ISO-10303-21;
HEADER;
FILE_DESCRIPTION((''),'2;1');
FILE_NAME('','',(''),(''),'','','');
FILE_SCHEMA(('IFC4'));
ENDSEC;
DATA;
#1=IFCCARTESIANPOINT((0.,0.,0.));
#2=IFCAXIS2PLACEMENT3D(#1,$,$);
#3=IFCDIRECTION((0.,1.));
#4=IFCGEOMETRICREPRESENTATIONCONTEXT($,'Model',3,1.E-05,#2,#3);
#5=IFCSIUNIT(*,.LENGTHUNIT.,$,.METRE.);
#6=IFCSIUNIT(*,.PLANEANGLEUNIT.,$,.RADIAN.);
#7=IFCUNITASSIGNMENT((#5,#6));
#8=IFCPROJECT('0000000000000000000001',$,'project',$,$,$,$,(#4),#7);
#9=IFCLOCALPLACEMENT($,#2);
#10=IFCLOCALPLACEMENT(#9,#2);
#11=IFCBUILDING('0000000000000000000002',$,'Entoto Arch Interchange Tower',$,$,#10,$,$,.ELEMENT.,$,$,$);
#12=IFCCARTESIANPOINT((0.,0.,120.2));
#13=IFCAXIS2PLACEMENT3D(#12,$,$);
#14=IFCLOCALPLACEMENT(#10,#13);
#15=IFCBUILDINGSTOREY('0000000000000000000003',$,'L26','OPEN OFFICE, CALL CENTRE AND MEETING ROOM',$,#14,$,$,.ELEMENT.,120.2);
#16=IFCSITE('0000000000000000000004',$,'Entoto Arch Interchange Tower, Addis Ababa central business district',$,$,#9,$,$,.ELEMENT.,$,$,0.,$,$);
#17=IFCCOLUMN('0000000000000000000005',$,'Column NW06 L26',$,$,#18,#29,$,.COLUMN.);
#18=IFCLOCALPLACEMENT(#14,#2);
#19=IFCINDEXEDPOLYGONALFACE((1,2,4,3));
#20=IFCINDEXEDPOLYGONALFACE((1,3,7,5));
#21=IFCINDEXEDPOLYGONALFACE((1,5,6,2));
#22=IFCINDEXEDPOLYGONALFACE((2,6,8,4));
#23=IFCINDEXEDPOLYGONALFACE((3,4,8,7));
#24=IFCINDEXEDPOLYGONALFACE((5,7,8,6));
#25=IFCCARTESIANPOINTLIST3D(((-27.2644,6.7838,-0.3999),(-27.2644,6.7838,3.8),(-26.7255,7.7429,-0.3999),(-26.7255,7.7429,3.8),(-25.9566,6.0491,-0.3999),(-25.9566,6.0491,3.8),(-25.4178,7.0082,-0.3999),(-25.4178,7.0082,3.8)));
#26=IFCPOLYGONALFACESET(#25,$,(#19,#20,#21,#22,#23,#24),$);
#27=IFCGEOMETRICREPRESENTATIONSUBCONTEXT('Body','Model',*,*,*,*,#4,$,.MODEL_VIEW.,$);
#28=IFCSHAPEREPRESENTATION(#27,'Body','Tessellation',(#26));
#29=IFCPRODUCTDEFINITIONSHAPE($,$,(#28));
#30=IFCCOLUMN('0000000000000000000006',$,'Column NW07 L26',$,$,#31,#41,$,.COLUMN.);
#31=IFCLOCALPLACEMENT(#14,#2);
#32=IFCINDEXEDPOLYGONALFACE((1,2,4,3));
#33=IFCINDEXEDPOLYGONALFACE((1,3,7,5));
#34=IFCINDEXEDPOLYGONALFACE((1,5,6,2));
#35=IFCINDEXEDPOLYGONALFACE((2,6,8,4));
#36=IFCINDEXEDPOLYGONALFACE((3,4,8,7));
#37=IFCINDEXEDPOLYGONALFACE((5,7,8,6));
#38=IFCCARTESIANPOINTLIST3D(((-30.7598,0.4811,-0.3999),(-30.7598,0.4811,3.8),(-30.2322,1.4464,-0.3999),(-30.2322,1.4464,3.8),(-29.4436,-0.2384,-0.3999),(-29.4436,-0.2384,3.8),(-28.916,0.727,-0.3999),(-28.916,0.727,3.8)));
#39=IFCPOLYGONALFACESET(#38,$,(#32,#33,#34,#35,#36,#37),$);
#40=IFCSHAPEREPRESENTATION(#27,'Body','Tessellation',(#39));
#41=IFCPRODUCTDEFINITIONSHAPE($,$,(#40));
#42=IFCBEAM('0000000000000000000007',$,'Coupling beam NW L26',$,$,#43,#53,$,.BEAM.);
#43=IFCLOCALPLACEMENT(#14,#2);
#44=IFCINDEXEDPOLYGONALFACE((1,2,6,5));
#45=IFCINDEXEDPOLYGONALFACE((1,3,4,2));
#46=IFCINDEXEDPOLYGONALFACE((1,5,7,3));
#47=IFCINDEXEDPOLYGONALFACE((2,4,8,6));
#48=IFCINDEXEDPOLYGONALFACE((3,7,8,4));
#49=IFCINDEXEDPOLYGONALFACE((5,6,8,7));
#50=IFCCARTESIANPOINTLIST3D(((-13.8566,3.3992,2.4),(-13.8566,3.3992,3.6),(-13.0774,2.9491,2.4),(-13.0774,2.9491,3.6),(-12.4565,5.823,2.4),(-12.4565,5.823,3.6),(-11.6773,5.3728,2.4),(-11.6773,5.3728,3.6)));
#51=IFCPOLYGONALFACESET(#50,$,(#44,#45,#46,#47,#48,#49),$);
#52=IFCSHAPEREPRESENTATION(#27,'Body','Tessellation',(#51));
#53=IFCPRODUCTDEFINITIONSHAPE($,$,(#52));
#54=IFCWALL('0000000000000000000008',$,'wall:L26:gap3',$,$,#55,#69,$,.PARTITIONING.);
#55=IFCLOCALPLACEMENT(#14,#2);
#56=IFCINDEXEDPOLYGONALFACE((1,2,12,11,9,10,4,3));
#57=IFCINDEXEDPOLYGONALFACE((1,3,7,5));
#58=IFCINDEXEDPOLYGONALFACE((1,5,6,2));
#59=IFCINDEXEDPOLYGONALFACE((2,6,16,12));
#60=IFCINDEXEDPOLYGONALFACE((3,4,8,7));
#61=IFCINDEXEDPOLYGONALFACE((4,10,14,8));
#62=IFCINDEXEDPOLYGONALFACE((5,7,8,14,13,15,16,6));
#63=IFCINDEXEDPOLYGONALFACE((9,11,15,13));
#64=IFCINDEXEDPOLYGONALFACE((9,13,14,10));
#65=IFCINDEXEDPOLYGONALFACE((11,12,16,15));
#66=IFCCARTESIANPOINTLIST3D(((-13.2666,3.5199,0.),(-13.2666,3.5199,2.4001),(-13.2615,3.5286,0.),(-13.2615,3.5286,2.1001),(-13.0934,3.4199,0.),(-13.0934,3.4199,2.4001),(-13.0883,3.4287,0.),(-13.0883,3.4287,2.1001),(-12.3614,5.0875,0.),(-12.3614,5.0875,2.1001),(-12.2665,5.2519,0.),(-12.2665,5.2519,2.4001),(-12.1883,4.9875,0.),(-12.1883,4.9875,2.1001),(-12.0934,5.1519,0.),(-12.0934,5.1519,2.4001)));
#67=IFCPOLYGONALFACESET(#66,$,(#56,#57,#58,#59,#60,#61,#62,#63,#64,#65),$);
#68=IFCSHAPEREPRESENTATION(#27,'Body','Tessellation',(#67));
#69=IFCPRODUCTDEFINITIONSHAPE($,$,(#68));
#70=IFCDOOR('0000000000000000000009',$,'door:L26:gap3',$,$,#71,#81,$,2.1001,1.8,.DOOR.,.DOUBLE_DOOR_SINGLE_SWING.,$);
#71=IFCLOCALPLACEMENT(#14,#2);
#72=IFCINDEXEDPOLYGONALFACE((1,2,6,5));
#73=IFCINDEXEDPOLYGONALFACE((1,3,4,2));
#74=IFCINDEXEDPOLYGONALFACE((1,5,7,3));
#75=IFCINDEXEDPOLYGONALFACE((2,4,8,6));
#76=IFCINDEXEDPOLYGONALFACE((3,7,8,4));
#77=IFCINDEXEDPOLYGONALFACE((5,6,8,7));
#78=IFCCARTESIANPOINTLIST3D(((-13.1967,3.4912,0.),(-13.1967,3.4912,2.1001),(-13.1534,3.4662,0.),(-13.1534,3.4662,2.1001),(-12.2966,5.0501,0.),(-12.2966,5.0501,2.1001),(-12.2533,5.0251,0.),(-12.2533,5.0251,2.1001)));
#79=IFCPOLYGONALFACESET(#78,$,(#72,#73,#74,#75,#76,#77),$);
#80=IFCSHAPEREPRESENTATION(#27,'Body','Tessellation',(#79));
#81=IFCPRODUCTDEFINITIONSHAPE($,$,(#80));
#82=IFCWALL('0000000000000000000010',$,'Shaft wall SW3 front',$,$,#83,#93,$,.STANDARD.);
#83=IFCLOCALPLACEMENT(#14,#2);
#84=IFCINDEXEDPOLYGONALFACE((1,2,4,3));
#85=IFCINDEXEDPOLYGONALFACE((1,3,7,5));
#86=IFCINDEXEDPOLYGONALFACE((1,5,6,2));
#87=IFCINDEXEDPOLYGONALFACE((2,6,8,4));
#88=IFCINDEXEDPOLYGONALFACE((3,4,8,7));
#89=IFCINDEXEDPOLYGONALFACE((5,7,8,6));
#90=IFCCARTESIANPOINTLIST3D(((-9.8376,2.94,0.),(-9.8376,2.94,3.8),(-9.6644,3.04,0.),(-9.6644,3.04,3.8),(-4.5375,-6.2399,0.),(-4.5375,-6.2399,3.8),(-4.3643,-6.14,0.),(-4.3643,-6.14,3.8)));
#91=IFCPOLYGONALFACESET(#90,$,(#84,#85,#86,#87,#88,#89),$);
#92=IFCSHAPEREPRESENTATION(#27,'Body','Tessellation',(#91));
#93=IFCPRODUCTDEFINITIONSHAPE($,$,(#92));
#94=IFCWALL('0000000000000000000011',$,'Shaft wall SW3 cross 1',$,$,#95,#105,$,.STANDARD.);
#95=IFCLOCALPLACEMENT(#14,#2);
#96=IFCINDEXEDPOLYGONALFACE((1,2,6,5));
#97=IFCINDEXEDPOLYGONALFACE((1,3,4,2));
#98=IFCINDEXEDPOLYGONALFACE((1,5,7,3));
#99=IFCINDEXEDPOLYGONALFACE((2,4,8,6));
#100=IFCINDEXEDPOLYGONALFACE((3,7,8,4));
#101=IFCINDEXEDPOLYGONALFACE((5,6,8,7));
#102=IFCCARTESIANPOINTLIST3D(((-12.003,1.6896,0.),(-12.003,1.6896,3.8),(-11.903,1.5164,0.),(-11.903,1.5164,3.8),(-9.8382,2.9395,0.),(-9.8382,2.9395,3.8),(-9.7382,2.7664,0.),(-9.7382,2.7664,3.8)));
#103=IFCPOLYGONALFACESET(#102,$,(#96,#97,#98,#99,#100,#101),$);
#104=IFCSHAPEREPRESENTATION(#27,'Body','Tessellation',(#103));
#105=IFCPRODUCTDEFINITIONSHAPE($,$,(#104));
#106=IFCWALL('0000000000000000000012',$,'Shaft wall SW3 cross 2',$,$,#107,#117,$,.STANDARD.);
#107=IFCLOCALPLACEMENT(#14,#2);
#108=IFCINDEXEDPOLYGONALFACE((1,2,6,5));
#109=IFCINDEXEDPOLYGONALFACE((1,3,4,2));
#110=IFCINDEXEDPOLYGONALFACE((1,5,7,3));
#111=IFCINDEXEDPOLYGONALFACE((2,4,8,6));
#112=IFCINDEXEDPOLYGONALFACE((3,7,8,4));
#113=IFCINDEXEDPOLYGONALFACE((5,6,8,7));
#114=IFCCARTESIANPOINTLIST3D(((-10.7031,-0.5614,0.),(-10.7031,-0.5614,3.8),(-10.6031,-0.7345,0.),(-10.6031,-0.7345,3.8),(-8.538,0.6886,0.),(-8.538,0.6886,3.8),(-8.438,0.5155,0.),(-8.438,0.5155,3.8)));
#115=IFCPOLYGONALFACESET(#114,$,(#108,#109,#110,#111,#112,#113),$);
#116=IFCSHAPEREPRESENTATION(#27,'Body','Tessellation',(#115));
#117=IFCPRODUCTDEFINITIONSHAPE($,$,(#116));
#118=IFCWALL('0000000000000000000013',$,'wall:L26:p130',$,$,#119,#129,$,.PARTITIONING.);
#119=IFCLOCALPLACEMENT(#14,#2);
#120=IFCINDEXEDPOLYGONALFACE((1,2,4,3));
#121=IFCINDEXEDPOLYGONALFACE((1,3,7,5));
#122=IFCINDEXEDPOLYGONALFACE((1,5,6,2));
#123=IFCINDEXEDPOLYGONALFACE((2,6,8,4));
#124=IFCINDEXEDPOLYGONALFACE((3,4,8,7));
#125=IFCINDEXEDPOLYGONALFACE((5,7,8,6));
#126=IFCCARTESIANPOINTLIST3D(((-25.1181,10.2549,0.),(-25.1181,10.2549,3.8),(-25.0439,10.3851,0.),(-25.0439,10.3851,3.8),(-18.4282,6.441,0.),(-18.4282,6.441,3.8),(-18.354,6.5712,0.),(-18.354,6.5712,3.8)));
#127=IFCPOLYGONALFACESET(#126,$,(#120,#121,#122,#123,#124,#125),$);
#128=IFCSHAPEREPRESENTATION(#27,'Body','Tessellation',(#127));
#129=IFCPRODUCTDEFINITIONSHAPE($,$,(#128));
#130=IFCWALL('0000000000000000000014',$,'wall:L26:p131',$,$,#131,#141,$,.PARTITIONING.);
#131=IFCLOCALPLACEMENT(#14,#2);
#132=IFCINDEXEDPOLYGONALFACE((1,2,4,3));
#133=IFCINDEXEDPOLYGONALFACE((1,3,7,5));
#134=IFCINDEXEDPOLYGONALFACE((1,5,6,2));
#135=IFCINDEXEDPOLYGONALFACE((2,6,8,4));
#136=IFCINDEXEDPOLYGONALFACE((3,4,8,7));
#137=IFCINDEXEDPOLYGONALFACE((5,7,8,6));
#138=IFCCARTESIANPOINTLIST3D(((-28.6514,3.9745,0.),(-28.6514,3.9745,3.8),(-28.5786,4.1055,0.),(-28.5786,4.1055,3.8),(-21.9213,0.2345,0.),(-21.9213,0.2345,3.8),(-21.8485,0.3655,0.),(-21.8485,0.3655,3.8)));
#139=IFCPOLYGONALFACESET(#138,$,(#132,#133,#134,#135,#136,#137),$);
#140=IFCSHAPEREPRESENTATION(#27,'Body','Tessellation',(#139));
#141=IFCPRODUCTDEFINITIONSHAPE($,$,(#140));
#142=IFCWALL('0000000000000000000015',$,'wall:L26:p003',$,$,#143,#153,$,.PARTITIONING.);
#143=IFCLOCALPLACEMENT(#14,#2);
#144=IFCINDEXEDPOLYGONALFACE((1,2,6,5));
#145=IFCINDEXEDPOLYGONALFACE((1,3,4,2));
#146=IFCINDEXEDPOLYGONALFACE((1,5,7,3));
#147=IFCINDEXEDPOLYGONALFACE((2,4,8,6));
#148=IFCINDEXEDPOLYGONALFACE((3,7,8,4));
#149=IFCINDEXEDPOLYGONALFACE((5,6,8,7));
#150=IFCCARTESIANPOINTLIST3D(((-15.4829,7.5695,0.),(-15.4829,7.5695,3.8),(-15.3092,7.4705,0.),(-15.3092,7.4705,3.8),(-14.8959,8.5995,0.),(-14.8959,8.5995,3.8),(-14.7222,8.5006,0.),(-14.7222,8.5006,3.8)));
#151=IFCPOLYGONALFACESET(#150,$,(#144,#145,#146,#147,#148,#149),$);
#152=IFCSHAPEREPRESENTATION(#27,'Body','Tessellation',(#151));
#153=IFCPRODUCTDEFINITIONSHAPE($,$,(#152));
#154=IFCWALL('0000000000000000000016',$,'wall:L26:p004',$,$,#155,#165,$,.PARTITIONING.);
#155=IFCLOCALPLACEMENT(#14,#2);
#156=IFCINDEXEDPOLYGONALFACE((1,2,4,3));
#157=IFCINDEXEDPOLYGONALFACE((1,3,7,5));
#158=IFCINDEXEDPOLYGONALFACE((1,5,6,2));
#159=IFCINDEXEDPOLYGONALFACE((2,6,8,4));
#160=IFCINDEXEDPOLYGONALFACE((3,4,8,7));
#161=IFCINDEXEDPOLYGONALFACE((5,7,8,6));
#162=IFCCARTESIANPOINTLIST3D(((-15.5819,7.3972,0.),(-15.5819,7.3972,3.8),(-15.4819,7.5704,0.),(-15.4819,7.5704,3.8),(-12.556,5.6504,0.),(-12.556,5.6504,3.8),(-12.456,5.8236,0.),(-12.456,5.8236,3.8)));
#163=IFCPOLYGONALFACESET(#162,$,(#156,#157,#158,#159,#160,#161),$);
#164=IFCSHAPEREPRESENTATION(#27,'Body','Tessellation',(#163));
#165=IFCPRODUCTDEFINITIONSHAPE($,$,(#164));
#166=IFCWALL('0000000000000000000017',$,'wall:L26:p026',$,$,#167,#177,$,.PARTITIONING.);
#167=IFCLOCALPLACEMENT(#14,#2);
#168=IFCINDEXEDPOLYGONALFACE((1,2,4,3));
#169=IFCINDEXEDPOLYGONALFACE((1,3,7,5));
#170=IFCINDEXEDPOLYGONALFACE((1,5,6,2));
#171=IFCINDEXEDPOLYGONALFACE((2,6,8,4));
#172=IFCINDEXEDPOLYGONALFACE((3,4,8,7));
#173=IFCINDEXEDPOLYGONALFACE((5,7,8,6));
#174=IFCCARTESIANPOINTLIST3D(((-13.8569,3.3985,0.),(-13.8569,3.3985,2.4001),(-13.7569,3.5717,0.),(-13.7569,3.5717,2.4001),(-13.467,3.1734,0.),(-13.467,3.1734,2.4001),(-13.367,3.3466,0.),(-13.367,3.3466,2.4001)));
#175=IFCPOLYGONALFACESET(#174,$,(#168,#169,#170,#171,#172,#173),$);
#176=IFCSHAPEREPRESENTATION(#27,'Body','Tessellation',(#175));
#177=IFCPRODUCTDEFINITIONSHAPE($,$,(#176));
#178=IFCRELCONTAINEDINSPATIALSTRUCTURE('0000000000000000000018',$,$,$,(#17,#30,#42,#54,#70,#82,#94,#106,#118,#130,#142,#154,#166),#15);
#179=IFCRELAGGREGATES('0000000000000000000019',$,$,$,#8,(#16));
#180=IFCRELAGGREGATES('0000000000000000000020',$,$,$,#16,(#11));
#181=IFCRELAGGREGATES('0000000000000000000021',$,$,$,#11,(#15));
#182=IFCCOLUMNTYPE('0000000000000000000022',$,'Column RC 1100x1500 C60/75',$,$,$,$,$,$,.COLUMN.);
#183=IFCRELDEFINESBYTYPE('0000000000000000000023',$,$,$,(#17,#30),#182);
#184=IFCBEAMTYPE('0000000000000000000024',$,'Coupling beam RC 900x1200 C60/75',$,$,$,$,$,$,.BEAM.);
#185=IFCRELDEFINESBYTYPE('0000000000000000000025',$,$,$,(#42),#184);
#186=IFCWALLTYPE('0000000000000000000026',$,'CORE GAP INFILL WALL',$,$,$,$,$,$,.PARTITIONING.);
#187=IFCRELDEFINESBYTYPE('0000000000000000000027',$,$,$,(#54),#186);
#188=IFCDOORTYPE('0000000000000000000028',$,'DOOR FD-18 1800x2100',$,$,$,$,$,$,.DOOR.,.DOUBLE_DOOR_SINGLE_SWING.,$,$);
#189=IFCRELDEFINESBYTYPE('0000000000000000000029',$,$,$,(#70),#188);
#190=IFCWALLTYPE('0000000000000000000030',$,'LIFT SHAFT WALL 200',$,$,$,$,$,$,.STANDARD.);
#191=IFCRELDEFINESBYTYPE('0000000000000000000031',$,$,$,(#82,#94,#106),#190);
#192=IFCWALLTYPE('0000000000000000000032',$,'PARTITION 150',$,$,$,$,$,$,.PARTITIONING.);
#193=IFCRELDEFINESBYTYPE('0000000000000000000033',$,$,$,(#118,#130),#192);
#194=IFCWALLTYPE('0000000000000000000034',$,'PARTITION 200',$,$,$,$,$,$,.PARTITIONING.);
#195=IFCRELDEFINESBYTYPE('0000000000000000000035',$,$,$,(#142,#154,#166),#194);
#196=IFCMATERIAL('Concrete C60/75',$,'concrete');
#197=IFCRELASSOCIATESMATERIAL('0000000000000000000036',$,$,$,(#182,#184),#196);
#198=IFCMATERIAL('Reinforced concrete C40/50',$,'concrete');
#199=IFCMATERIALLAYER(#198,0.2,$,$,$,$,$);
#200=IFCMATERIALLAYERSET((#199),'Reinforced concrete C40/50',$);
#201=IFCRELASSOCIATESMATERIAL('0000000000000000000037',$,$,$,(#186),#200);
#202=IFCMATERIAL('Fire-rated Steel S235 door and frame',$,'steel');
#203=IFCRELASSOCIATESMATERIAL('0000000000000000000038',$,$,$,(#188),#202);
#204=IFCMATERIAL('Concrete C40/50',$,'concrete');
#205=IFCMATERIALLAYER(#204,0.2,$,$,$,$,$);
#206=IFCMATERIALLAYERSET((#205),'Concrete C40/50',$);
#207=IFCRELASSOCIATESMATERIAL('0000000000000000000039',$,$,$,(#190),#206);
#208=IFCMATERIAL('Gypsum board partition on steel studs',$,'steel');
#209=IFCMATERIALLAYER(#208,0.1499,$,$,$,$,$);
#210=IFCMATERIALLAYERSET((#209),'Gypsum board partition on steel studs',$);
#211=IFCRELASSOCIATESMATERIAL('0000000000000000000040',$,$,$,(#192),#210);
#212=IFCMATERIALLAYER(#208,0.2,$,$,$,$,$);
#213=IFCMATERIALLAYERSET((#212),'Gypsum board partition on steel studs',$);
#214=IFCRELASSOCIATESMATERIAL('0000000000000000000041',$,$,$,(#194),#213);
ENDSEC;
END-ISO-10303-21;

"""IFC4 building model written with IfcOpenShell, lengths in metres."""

from ifc_helpers import new_model, si_unit, direction, frame, frame_2d, origin, origin_2d, place, context, subcontext, project, spatial, rectangle, extrude, material, layer, layer_set, material_profile, profile_set, type_object, element, fill, save


model = new_model("IFC4")

# Units and contexts
model_context = context("Model", 3, precision=1e-05, world=origin(), true_north=direction((0.0, 1.0)))
body_context = subcontext(model_context, "Body", "Model", "MODEL_VIEW")
ifc_project = project(units=[si_unit("LENGTHUNIT", "METRE"), si_unit("PLANEANGLEUNIT", "RADIAN")], contexts=[model_context])

# Site, building, storey
site_placement = place(None, origin())
site = spatial("IfcSite", under=ifc_project, at=site_placement, Name="Entoto Arch Interchange Tower, Addis Ababa central business district", CompositionType="ELEMENT", RefElevation=0.0)
building_placement = place(site_placement, origin())
building = spatial("IfcBuilding", under=site, at=building_placement, Name="Entoto Arch Interchange Tower", CompositionType="ELEMENT")
storey_placement = place(building_placement, frame((0.0, 0.0, 120.2)))
storey = spatial("IfcBuildingStorey", under=building, at=storey_placement, Name="L26", Description="OPEN OFFICE, CALL CENTRE AND MEETING ROOM", CompositionType="ELEMENT", Elevation=120.2)

# Columns
ifc_material_1 = material(Name="Concrete C60/75", Category="concrete")
ifc_material_profile_1 = material_profile(ifc_material_1, rectangle(XDim=1.1001, YDim=1.5, at=origin_2d()))
ifc_profile_set_1 = profile_set([ifc_material_profile_1], Name="Concrete C60/75")
column_type = type_object("IfcColumnType", Name="Column RC 1100x1500 C60/75", PredefinedType="COLUMN", material=ifc_profile_set_1)
for number, where, z_axis, x_axis, name in (
    (1, (-26.3411, 6.896, -0.3999), (0.0, 0.0, 1.0), (0.489839, 0.871813, 0.0), "Column NW06 L26"),
    (2, (-29.8379, 0.604, -0.3999), (0.0, 0.0, 1.0), (0.479611, 0.877481, 0.0), "Column NW07 L26"),
):
    element("IfcColumn", number, at=place(storey_placement, frame(where, z_axis=z_axis, x_axis=x_axis)), inside=storey, type_object=column_type, Name=name, PredefinedType="COLUMN", context=body_context, shape_type="SweptSolid", body=[
        extrude(rectangle(XDim=1.1001, YDim=1.5, at=origin_2d()), origin(), (0.0, 0.0, 1.0), 4.2),
    ])

# Beam
ifc_material_profile_2 = material_profile(ifc_material_1, rectangle(XDim=0.8999, YDim=1.2, at=origin_2d()))
ifc_profile_set_2 = profile_set([ifc_material_profile_2], Name="Concrete C60/75")
beam_type = type_object("IfcBeamType", Name="Coupling beam RC 900x1200 C60/75", PredefinedType="BEAM", material=ifc_profile_set_2)
beam_placement = place(storey_placement, frame((-12.0669, 5.5979, 3.0), z_axis=(-0.500201, -0.86591, 0.0), x_axis=(0.86591, -0.500201, 0.0)))
element("IfcBeam", 3, at=beam_placement, inside=storey, type_object=beam_type, Name="Coupling beam NW L26", PredefinedType="BEAM", context=body_context, shape_type="SweptSolid", body=[
    extrude(rectangle(XDim=0.8999, YDim=1.2, at=origin_2d()), origin(), (0.0, 0.0, 1.0), 2.7991),
])

# Wall, opening, door
ifc_material_2 = material(Name="Reinforced concrete C40/50", Category="concrete")
ifc_layer_1 = layer(ifc_material_2, 0.2)
ifc_layer_set_1 = layer_set([ifc_layer_1], Name="Reinforced concrete C40/50")
wall_type_1 = type_object("IfcWallType", Name="CORE GAP INFILL WALL", PredefinedType="PARTITIONING", material=ifc_layer_set_1)
wall_1_placement = place(storey_placement, frame((-12.1799, 5.2019, 0.0), z_axis=(0.0, 0.0, 1.0), x_axis=(-0.500025, -0.866011, 0.0)))
wall_1 = element("IfcWall", 4, at=wall_1_placement, inside=storey, type_object=wall_type_1, Name="wall:L26:gap3", PredefinedType="PARTITIONING", context=body_context, shape_type="SweptSolid", body=[
    extrude(rectangle(XDim=2.0, YDim=0.2, at=frame_2d((1.0, 0.0))), origin(), (0.0, 0.0, 1.0), 2.4001),
])
opening_1_placement = place(wall_1_placement, frame((0.1899, 0.0, 0.0)))
opening_1 = element("IfcOpeningElement", 5, at=opening_1_placement, cuts=wall_1, PredefinedType="OPENING", context=body_context, shape_type="SweptSolid", body=[
    extrude(rectangle(XDim=1.8, YDim=2.1001, at=frame_2d((0.8999, 1.05))), frame((0.0, 0.1099, 0.0), z_axis=(0.0, -1.0, 0.0), x_axis=(1.0, 0.0, 0.0)), (0.0, 0.0, 1.0), 0.22),
])
ifc_material_3 = material(Name="Fire-rated Steel S235 door and frame", Category="steel")
door_type_1 = type_object("IfcDoorType", Name="DOOR FD-18 1800x2100", OperationType="DOUBLE_DOOR_SINGLE_SWING", PredefinedType="DOOR", material=ifc_material_3)
door_1_placement = place(opening_1_placement, origin())
door_1 = element("IfcDoor", 6, at=door_1_placement, inside=storey, type_object=door_type_1, Name="door:L26:gap3", OperationType="DOUBLE_DOOR_SINGLE_SWING", OverallHeight=2.1001, OverallWidth=1.8, PredefinedType="DOOR", context=body_context, shape_type="SweptSolid", body=[
    extrude(rectangle(XDim=1.8, YDim=2.1001, at=frame_2d((0.8999, 1.05))), frame((0.0, 0.0249, 0.0), z_axis=(0.0, -1.0, 0.0), x_axis=(1.0, 0.0, 0.0)), (0.0, 0.0, 1.0), 0.05),
])
fill(opening_1, door_1)

# Walls
ifc_material_4 = material(Name="Concrete C40/50", Category="concrete")
ifc_layer_2 = layer(ifc_material_4, 0.2)
ifc_layer_set_2 = layer_set([ifc_layer_2], Name="Concrete C40/50")
wall_type_2 = type_object("IfcWallType", Name="LIFT SHAFT WALL 200", PredefinedType="STANDARD", material=ifc_layer_set_2)
wall_2_placement = place(storey_placement, frame((-9.751, 2.99, 0.0), z_axis=(0.0, 0.0, 1.0), x_axis=(0.500001, -0.866025, 0.0)))
element("IfcWall", 7, at=wall_2_placement, inside=storey, type_object=wall_type_2, Name="Shaft wall SW3 front", PredefinedType="STANDARD", context=body_context, shape_type="SweptSolid", body=[
    extrude(rectangle(XDim=10.6001, YDim=0.2, at=frame_2d((5.3, 0.0))), origin(), (0.0, 0.0, 1.0), 3.8),
])
wall_3_placement = place(storey_placement, frame((-9.7881, 2.853, 0.0), z_axis=(0.0, 0.0, 1.0), x_axis=(-0.865999, -0.500047, 0.0)))
element("IfcWall", 8, at=wall_3_placement, inside=storey, type_object=wall_type_2, Name="Shaft wall SW3 cross 1", PredefinedType="STANDARD", context=body_context, shape_type="SweptSolid", body=[
    extrude(rectangle(XDim=2.4998, YDim=0.2, at=frame_2d((1.25, 0.0))), origin(), (0.0, 0.0, 1.0), 3.8),
])
wall_4_placement = place(storey_placement, frame((-8.488, 0.6021, 0.0), z_axis=(0.0, 0.0, 1.0), x_axis=(-0.866023, -0.500004, 0.0)))
element("IfcWall", 9, at=wall_4_placement, inside=storey, type_object=wall_type_2, Name="Shaft wall SW3 cross 2", PredefinedType="STANDARD", context=body_context, shape_type="SweptSolid", body=[
    extrude(rectangle(XDim=2.5, YDim=0.2, at=frame_2d((1.25, 0.0))), origin(), (0.0, 0.0, 1.0), 3.8),
])
ifc_material_5 = material(Name="Gypsum board partition on steel studs", Category="steel")
ifc_layer_3 = layer(ifc_material_5, 0.1499)
ifc_layer_set_3 = layer_set([ifc_layer_3], Name="Gypsum board partition on steel studs")
wall_type_3 = type_object("IfcWallType", Name="PARTITION 150", PredefinedType="PARTITIONING", material=ifc_layer_set_3)
wall_5_placement = place(storey_placement, frame((-18.3911, 6.5061, 0.0), z_axis=(0.0, 0.0, 1.0), x_axis=(-0.868738, 0.495271, 0.0)))
element("IfcWall", 10, at=wall_5_placement, inside=storey, type_object=wall_type_3, Name="wall:L26:p130", PredefinedType="PARTITIONING", context=body_context, shape_type="SweptSolid", body=[
    extrude(rectangle(XDim=7.7007, YDim=0.1499, at=frame_2d((3.8503, 0.0))), origin(), (0.0, 0.0, 1.0), 3.8),
])
wall_6_placement = place(storey_placement, frame((-21.885, 0.3, 0.0), z_axis=(0.0, 0.0, 1.0), x_axis=(-0.874096, 0.485753, 0.0)))
element("IfcWall", 11, at=wall_6_placement, inside=storey, type_object=wall_type_3, Name="wall:L26:p131", PredefinedType="PARTITIONING", context=body_context, shape_type="SweptSolid", body=[
    extrude(rectangle(XDim=7.6995, YDim=0.1499, at=frame_2d((3.8496, 0.0))), origin(), (0.0, 0.0, 1.0), 3.8),
])
ifc_layer_4 = layer(ifc_material_5, 0.2)
ifc_layer_set_4 = layer_set([ifc_layer_4], Name="Gypsum board partition on steel studs")
wall_type_4 = type_object("IfcWallType", Name="PARTITION 200", PredefinedType="PARTITIONING", material=ifc_layer_set_4)
wall_7_placement = place(storey_placement, frame((-14.8091, 8.55, 0.0), z_axis=(0.0, 0.0, 1.0), x_axis=(-0.495074, -0.868851, 0.0)))
element("IfcWall", 12, at=wall_7_placement, inside=storey, type_object=wall_type_4, Name="wall:L26:p003", PredefinedType="PARTITIONING", context=body_context, shape_type="SweptSolid", body=[
    extrude(rectangle(XDim=1.1855, YDim=0.2, at=frame_2d((0.5928, 0.0))), origin(), (0.0, 0.0, 1.0), 3.8),
])
wall_8_placement = place(storey_placement, frame((-15.532, 7.4839, 0.0), z_axis=(0.0, 0.0, 1.0), x_axis=(0.866046, -0.499964, 0.0)))
element("IfcWall", 13, at=wall_8_placement, inside=storey, type_object=wall_type_4, Name="wall:L26:p004", PredefinedType="PARTITIONING", context=body_context, shape_type="SweptSolid", body=[
    extrude(rectangle(XDim=3.4939, YDim=0.2, at=frame_2d((1.7471, 0.0))), origin(), (0.0, 0.0, 1.0), 3.8),
])
wall_9_placement = place(storey_placement, frame((-13.417, 3.26, 0.0), z_axis=(0.0, 0.0, 1.0), x_axis=(-0.866032, 0.499988, 0.0)))
element("IfcWall", 14, at=wall_9_placement, inside=storey, type_object=wall_type_4, Name="wall:L26:p026", PredefinedType="PARTITIONING", context=body_context, shape_type="SweptSolid", body=[
    extrude(rectangle(XDim=0.4502, YDim=0.2, at=frame_2d((0.2251, 0.0))), origin(), (0.0, 0.0, 1.0), 2.4001),
])

save(model, "model.ifc")
